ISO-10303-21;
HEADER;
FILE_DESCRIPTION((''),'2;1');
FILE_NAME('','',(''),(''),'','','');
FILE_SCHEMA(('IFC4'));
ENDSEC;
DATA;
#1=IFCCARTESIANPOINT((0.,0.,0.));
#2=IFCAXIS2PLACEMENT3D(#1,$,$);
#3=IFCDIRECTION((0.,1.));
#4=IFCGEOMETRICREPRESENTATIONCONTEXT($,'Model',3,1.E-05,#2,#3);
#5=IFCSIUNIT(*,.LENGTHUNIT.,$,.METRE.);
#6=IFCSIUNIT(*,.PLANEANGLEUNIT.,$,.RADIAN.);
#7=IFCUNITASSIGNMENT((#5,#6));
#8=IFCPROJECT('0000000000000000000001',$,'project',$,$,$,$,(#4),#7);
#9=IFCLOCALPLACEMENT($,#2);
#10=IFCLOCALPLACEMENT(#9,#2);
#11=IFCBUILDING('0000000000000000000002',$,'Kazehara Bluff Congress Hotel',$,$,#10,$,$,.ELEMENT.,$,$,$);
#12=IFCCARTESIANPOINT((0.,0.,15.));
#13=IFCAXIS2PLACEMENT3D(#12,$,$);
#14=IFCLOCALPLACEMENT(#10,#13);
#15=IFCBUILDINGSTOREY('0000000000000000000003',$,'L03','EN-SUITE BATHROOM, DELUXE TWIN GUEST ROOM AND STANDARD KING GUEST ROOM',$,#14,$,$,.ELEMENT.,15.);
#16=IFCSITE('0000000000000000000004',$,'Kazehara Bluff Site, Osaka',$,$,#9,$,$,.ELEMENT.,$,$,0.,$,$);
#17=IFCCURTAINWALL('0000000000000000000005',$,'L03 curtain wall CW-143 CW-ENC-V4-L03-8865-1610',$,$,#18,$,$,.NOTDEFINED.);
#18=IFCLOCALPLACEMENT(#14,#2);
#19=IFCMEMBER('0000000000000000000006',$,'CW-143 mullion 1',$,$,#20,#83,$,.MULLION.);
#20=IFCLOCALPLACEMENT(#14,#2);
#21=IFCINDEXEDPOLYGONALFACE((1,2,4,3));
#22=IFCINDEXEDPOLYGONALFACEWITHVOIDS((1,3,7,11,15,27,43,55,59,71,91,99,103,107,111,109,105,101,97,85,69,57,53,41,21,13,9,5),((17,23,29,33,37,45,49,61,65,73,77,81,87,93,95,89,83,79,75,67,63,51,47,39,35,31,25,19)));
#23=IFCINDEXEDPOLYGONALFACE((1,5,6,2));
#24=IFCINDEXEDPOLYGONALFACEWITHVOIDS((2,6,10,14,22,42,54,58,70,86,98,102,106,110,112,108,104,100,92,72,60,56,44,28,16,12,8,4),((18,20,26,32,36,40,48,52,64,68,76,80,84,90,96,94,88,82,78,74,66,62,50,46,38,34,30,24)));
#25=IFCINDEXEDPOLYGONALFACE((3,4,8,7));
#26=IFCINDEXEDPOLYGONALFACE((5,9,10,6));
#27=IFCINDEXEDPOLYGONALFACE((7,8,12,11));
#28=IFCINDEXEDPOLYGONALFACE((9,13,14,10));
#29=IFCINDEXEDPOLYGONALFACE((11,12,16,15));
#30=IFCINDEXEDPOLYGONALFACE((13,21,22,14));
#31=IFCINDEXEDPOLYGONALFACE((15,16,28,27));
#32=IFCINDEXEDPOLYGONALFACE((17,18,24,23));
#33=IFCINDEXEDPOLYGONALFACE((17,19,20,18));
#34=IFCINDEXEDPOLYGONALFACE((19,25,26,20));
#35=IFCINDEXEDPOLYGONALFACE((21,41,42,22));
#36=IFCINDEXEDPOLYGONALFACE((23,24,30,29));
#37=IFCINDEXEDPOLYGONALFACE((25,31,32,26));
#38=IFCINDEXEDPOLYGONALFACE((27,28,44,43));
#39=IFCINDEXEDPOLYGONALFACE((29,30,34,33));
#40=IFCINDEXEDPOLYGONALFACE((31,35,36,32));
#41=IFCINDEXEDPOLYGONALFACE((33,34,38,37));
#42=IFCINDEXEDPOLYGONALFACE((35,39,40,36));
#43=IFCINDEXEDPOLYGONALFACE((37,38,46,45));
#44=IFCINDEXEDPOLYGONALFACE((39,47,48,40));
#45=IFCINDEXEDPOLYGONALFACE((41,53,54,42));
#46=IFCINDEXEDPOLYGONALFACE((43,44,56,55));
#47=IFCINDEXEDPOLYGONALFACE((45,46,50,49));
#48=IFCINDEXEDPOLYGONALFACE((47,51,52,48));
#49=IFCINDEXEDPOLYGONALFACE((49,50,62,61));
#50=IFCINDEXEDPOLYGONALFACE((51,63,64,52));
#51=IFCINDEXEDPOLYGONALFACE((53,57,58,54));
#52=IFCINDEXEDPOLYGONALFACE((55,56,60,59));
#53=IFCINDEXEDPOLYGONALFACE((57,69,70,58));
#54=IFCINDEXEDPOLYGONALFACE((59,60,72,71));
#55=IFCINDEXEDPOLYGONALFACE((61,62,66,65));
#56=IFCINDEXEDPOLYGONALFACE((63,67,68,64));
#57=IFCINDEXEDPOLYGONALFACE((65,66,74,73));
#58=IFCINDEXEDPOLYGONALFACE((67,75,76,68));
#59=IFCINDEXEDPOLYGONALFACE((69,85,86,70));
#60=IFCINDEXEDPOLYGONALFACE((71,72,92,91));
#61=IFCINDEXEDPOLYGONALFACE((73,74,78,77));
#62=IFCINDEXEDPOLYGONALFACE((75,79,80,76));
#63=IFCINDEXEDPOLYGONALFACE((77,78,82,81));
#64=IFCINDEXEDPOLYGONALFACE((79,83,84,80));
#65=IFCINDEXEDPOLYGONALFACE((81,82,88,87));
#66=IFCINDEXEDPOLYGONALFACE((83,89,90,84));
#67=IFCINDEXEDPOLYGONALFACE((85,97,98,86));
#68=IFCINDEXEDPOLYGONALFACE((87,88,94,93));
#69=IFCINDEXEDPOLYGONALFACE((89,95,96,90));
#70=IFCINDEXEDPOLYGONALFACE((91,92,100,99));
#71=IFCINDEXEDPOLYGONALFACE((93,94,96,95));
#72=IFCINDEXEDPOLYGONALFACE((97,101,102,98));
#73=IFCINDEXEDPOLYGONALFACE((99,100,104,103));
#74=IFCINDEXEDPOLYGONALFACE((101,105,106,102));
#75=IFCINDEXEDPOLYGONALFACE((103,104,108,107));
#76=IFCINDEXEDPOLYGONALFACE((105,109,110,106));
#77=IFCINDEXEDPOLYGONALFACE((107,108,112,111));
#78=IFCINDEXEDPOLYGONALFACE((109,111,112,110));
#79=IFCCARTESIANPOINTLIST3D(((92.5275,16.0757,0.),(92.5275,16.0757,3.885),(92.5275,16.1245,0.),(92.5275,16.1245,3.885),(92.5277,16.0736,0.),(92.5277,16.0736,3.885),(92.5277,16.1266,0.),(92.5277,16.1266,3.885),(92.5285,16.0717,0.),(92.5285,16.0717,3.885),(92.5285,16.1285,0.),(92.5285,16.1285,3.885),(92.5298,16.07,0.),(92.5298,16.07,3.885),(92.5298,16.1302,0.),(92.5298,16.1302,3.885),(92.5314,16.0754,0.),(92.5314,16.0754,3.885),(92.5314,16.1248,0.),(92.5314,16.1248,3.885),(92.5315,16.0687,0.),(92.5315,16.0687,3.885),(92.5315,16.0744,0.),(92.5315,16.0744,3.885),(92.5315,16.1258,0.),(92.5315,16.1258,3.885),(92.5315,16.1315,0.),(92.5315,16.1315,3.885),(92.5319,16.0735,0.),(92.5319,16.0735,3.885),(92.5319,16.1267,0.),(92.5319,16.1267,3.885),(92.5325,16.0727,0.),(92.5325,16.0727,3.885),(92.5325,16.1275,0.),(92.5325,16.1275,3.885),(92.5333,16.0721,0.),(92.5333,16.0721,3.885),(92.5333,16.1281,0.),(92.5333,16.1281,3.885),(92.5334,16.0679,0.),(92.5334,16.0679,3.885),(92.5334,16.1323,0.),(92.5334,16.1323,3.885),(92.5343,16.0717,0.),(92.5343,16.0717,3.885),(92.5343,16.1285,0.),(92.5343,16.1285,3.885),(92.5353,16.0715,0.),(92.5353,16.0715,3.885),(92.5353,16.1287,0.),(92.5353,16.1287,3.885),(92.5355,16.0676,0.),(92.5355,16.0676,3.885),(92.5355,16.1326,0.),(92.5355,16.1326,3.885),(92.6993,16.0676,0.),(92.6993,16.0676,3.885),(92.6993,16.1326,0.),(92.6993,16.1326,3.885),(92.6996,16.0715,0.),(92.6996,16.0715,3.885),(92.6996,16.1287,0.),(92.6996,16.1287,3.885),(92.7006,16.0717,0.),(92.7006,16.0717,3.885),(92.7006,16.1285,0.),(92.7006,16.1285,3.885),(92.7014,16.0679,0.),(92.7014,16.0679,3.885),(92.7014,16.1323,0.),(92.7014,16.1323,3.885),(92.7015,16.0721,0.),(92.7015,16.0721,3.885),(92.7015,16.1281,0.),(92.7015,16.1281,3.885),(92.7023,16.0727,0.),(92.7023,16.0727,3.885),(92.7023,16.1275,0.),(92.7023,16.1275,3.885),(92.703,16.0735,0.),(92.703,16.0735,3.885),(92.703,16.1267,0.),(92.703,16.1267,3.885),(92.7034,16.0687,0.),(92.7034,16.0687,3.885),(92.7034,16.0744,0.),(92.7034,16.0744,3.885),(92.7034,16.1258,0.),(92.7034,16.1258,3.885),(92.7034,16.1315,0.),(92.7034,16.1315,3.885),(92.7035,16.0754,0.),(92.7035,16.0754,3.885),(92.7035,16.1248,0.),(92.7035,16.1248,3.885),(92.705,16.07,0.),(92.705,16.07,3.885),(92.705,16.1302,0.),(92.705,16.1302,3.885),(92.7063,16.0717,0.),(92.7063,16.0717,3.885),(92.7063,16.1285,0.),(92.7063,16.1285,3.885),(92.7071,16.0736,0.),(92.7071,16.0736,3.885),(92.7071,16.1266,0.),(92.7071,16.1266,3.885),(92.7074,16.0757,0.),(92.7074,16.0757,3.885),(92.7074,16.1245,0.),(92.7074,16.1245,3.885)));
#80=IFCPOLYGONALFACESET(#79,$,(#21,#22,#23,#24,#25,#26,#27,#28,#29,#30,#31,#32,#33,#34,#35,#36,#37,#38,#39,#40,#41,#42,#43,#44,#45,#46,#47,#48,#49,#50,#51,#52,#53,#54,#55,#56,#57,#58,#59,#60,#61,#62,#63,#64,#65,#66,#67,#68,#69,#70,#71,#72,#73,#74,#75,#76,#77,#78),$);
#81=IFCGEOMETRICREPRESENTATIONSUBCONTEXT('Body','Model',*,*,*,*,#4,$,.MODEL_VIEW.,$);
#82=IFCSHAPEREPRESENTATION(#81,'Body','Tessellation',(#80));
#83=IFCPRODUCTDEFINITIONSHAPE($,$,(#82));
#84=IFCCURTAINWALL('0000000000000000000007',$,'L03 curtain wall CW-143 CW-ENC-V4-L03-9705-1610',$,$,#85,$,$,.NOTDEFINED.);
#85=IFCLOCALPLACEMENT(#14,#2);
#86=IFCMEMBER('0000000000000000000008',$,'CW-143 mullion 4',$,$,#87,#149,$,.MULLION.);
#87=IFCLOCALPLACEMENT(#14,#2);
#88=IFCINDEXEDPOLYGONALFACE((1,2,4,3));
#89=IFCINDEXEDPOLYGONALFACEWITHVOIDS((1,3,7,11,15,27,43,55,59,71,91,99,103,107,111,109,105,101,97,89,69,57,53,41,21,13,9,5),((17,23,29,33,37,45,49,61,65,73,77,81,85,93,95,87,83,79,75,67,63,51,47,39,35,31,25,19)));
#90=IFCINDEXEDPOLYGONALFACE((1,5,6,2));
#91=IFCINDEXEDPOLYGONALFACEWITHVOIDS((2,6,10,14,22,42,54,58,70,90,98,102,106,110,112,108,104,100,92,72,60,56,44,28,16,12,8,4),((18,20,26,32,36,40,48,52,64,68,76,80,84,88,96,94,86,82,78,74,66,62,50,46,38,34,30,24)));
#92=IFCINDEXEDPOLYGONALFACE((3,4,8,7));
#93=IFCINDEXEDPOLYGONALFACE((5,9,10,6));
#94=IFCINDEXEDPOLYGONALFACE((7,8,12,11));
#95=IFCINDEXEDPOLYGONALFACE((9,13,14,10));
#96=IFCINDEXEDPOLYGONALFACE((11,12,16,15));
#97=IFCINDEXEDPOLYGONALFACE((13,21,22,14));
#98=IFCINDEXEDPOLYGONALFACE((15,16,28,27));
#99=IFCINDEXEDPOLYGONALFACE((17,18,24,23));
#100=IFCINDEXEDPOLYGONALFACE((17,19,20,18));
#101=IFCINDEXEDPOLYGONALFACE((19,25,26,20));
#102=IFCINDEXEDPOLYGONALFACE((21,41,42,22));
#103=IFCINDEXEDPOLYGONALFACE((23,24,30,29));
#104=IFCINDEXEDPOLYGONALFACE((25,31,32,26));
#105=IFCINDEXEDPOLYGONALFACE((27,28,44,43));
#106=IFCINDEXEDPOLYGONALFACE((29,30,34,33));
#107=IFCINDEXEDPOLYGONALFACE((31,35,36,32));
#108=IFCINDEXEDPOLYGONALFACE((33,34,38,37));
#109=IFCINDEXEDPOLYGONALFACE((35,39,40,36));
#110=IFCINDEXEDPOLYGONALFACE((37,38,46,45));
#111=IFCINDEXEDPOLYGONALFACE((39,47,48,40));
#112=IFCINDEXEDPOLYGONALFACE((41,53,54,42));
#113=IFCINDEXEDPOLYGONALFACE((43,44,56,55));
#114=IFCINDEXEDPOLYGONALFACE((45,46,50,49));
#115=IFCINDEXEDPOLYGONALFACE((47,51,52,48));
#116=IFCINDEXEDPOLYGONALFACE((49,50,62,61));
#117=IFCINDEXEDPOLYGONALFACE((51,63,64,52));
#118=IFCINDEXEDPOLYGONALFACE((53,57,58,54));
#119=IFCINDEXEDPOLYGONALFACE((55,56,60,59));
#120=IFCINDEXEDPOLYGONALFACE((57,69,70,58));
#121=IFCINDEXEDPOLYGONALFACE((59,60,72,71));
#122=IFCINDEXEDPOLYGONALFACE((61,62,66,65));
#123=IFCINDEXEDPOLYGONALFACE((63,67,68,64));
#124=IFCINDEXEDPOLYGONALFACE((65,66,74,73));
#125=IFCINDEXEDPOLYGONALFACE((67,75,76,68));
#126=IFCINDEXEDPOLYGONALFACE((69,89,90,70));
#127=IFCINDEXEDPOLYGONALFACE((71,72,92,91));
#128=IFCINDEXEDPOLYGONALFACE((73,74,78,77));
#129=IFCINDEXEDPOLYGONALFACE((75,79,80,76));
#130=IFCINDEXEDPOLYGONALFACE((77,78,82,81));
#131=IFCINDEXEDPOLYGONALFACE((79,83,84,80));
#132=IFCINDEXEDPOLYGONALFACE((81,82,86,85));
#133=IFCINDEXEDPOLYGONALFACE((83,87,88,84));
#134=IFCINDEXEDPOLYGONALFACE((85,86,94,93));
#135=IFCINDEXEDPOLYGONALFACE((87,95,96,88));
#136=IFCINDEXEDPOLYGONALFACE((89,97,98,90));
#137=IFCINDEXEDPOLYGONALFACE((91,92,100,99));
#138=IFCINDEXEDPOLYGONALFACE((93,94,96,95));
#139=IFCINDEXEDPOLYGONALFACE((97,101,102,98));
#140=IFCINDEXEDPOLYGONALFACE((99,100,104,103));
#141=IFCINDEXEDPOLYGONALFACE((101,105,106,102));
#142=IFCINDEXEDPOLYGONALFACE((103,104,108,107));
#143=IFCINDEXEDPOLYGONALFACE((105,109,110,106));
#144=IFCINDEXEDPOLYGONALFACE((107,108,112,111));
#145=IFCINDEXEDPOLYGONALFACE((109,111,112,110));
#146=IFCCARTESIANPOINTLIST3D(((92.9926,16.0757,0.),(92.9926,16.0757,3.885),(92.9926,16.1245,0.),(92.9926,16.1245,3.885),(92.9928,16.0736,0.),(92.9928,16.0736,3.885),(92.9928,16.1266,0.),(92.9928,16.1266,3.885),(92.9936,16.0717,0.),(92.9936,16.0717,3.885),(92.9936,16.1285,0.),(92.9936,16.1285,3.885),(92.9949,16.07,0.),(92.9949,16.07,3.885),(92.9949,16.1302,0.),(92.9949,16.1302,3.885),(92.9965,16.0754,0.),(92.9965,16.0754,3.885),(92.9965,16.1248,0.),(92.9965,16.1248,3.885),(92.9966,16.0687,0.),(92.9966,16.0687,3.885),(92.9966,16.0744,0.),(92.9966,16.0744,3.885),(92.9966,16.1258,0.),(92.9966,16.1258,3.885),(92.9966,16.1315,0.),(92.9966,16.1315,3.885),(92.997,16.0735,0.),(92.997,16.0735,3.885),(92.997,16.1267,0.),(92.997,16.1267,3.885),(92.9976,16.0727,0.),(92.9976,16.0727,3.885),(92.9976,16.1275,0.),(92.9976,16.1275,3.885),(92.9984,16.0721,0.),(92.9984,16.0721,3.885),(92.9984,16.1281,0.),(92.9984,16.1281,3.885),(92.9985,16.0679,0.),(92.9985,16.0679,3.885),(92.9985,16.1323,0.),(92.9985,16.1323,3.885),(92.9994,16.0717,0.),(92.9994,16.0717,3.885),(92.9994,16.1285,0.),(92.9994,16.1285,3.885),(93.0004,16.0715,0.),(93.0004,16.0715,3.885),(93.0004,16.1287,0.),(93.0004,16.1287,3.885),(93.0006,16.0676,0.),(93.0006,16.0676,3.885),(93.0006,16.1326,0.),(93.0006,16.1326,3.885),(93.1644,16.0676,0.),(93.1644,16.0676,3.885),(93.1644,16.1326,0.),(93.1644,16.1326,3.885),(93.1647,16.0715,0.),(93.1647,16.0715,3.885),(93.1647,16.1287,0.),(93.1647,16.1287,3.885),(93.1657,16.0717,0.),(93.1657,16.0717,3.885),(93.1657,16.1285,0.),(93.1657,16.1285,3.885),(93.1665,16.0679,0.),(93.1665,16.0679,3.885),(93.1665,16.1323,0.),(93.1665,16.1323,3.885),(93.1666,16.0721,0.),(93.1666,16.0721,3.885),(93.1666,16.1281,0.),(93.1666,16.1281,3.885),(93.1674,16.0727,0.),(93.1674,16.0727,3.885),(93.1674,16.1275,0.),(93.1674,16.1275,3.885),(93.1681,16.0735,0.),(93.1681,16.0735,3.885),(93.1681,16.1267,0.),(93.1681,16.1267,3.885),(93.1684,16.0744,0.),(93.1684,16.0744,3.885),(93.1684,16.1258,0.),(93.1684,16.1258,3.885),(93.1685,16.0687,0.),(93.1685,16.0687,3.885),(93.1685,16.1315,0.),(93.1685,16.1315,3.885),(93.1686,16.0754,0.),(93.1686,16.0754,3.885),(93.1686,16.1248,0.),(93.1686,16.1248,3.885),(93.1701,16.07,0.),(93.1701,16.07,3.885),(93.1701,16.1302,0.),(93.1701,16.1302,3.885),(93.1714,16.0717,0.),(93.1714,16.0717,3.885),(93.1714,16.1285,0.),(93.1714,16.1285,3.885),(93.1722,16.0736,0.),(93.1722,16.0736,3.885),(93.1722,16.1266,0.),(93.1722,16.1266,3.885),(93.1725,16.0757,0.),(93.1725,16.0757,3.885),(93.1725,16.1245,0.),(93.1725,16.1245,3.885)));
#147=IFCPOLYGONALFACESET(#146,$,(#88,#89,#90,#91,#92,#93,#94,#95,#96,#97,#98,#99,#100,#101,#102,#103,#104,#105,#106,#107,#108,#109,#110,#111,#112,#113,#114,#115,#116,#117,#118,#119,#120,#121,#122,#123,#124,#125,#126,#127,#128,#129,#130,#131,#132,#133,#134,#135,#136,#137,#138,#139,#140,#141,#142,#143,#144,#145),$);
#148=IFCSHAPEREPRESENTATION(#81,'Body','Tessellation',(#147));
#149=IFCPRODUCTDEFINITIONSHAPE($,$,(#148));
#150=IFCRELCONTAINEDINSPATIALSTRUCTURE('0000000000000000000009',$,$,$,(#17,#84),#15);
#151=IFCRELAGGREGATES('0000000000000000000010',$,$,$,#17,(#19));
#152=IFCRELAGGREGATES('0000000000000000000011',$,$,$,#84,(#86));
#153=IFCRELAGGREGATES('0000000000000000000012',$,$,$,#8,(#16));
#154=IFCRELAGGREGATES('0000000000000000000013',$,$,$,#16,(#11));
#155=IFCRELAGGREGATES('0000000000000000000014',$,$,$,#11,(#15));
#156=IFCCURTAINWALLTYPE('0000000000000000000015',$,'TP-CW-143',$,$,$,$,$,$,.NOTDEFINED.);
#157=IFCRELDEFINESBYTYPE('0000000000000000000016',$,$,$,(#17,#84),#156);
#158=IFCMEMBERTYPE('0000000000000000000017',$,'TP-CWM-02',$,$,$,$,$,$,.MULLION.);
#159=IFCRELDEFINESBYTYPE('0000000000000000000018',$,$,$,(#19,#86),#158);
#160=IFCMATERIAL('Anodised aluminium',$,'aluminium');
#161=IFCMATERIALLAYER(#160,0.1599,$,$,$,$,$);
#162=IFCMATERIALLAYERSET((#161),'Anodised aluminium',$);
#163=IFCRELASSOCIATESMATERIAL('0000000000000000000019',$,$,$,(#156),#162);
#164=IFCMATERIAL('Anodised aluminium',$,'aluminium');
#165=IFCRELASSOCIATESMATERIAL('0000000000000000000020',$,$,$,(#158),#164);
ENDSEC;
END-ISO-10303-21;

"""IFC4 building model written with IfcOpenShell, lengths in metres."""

from ifc_helpers import new_model, si_unit, direction, frame, origin, origin_2d, place, context, subcontext, project, spatial, hollow_rectangle, extrude, material, layer, layer_set, material_profile, profile_set, type_object, element, aggregate, save


model = new_model("IFC4")

# Units and contexts
model_context = context("Model", 3, precision=1e-05, world=origin(), true_north=direction((0.0, 1.0)))
body_context = subcontext(model_context, "Body", "Model", "MODEL_VIEW")
ifc_project = project(units=[si_unit("LENGTHUNIT", "METRE"), si_unit("PLANEANGLEUNIT", "RADIAN")], contexts=[model_context])

# Site, building, storey
site_placement = place(None, origin())
site = spatial("IfcSite", under=ifc_project, at=site_placement, Name="Kazehara Bluff Site, Osaka", CompositionType="ELEMENT", RefElevation=0.0)
building_placement = place(site_placement, origin())
building = spatial("IfcBuilding", under=site, at=building_placement, Name="Kazehara Bluff Congress Hotel", CompositionType="ELEMENT")
storey_placement = place(building_placement, frame((0.0, 0.0, 15.0)))
storey = spatial("IfcBuildingStorey", under=building, at=storey_placement, Name="L03", Description="EN-SUITE BATHROOM, DELUXE TWIN GUEST ROOM AND STANDARD KING GUEST ROOM", CompositionType="ELEMENT", Elevation=15.0)

# Curtain walls, members
ifc_material_1 = material(Name="Anodised aluminium", Category="aluminium")
ifc_layer_1 = layer(ifc_material_1, 0.1599)
ifc_layer_set_1 = layer_set([ifc_layer_1], Name="Anodised aluminium")
curtain_wall_type = type_object("IfcCurtainWallType", Name="TP-CW-143", PredefinedType="NOTDEFINED", material=ifc_layer_set_1)
curtain_wall_1_placement = place(storey_placement, origin())
curtain_wall_1 = element("IfcCurtainWall", 1, at=curtain_wall_1_placement, inside=storey, type_object=curtain_wall_type, Name="L03 curtain wall CW-143 CW-ENC-V4-L03-8865-1610", PredefinedType="NOTDEFINED")
ifc_material_2 = material(Name="Anodised aluminium", Category="aluminium")
ifc_material_profile_1 = material_profile(ifc_material_2, hollow_rectangle(XDim=0.0649, YDim=0.1799, WallThickness=0.0039, InnerFilletRadius=0.0039, OuterFilletRadius=0.0081, at=origin_2d()))
ifc_profile_set_1 = profile_set([ifc_material_profile_1], Name="Anodised aluminium")
member_type_1 = type_object("IfcMemberType", Name="TP-CWM-02", PredefinedType="MULLION", material=ifc_profile_set_1)
member_1_placement = place(storey_placement, frame((92.6174, 16.1001, 0.0), z_axis=(0.0, 0.0, 1.0), x_axis=(0.0, -1.0, 0.0)))
member_1 = element("IfcMember", 2, at=member_1_placement, type_object=member_type_1, Name="CW-143 mullion 1", PredefinedType="MULLION", context=body_context, shape_type="SweptSolid", body=[
    extrude(hollow_rectangle(XDim=0.0649, YDim=0.1799, WallThickness=0.0039, InnerFilletRadius=0.0039, OuterFilletRadius=0.0081, at=origin_2d()), origin(), (0.0, 0.0, 1.0), 3.885),
])
curtain_wall_2_placement = place(storey_placement, origin())
curtain_wall_2 = element("IfcCurtainWall", 3, at=curtain_wall_2_placement, inside=storey, type_object=curtain_wall_type, Name="L03 curtain wall CW-143 CW-ENC-V4-L03-9705-1610", PredefinedType="NOTDEFINED")
member_2_placement = place(storey_placement, frame((93.0825, 16.1001, 0.0), z_axis=(0.0, 0.0, 1.0), x_axis=(0.0, -1.0, 0.0)))
member_2 = element("IfcMember", 4, at=member_2_placement, type_object=member_type_1, Name="CW-143 mullion 4", PredefinedType="MULLION", context=body_context, shape_type="SweptSolid", body=[
    extrude(hollow_rectangle(XDim=0.0649, YDim=0.1799, WallThickness=0.0039, InnerFilletRadius=0.0039, OuterFilletRadius=0.0081, at=origin_2d()), origin(), (0.0, 0.0, 1.0), 3.885),
])

aggregate(curtain_wall_1, [member_1])

aggregate(curtain_wall_2, [member_2])

save(model, "model.ifc")
